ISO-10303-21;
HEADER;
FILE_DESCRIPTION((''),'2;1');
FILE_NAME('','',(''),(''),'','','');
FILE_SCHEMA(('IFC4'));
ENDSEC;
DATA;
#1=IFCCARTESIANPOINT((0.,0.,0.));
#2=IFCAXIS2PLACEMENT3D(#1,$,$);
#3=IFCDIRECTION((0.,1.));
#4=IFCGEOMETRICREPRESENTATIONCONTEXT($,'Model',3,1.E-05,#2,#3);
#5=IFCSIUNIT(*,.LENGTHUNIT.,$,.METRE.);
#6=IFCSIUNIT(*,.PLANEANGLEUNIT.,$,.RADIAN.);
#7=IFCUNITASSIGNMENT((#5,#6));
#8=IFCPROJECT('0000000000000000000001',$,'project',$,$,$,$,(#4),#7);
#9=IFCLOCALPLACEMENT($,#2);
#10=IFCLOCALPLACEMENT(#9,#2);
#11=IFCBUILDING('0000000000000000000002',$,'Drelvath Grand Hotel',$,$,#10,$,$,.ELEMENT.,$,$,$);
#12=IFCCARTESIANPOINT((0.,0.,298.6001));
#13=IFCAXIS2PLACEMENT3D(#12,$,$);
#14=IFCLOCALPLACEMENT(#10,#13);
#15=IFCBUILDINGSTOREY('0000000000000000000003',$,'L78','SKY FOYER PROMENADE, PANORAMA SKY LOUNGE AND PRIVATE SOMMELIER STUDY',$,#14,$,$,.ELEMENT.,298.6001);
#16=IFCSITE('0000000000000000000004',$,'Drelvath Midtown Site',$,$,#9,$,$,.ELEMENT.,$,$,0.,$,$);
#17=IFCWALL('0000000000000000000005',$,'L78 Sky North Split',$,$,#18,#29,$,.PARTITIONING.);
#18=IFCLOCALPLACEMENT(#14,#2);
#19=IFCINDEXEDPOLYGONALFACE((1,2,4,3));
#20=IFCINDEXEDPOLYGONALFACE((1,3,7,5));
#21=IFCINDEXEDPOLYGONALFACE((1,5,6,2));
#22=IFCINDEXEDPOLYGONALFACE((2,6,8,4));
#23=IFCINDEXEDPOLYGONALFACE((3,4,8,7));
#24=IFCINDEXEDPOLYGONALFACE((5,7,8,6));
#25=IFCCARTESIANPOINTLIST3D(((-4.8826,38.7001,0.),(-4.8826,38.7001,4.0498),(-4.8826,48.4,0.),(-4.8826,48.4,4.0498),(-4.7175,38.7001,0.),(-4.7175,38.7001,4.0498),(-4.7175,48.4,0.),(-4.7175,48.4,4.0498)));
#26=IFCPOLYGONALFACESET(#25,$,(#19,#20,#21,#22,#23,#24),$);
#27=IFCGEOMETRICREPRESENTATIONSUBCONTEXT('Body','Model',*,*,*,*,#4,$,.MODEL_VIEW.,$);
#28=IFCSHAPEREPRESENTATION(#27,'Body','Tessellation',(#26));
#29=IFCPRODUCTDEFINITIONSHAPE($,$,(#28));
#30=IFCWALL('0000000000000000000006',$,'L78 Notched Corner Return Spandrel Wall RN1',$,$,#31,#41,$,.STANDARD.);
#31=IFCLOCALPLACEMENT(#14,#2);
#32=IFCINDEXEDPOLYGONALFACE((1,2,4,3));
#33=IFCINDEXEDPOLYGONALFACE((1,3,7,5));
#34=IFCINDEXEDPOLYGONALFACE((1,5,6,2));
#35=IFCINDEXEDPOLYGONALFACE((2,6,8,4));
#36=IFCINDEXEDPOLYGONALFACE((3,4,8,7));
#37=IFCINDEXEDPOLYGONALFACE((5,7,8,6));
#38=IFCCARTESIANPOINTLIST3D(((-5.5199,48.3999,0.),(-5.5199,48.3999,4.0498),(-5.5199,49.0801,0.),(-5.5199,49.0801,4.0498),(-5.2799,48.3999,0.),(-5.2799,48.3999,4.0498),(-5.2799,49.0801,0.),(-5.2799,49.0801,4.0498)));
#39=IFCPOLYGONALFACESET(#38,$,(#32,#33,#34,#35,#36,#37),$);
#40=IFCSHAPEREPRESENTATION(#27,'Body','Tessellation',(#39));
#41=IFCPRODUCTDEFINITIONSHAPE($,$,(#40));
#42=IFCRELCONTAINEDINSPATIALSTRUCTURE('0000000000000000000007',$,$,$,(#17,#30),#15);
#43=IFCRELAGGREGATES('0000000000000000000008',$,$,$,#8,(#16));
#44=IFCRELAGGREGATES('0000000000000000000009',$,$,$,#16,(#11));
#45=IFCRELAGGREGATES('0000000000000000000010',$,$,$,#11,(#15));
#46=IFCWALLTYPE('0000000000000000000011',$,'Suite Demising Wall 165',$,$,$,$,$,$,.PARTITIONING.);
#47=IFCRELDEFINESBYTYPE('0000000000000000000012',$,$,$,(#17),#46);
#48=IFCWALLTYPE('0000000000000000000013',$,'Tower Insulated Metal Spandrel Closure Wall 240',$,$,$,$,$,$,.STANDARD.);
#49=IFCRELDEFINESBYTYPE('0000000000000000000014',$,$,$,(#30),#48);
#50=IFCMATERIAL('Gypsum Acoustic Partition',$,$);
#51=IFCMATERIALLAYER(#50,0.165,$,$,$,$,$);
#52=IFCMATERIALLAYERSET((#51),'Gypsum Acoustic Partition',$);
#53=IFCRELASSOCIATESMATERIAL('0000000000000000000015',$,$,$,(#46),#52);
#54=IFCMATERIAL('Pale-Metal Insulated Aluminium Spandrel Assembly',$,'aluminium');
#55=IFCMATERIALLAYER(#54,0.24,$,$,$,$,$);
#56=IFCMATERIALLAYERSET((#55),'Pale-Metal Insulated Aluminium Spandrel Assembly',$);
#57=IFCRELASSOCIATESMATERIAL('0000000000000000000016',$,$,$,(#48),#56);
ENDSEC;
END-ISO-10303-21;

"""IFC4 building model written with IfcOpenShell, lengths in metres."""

from ifc_helpers import new_model, si_unit, direction, frame, frame_2d, origin, place, context, subcontext, project, spatial, rectangle, extrude, material, layer, layer_set, type_object, element, save


model = new_model("IFC4")

# Units and contexts
model_context = context("Model", 3, precision=1e-05, world=origin(), true_north=direction((0.0, 1.0)))
body_context = subcontext(model_context, "Body", "Model", "MODEL_VIEW")
ifc_project = project(units=[si_unit("LENGTHUNIT", "METRE"), si_unit("PLANEANGLEUNIT", "RADIAN")], contexts=[model_context])

# Site, building, storey
site_placement = place(None, origin())
site = spatial("IfcSite", under=ifc_project, at=site_placement, Name="Drelvath Midtown Site", CompositionType="ELEMENT", RefElevation=0.0)
building_placement = place(site_placement, origin())
building = spatial("IfcBuilding", under=site, at=building_placement, Name="Drelvath Grand Hotel", CompositionType="ELEMENT")
storey_placement = place(building_placement, frame((0.0, 0.0, 298.6001)))
storey = spatial("IfcBuildingStorey", under=building, at=storey_placement, Name="L78", Description="SKY FOYER PROMENADE, PANORAMA SKY LOUNGE AND PRIVATE SOMMELIER STUDY", CompositionType="ELEMENT", Elevation=298.6001)

# Walls
ifc_material_1 = material(Name="Gypsum Acoustic Partition")
ifc_layer_1 = layer(ifc_material_1, 0.165)
ifc_layer_set_1 = layer_set([ifc_layer_1], Name="Gypsum Acoustic Partition")
wall_type_1 = type_object("IfcWallType", Name="Suite Demising Wall 165", PredefinedType="PARTITIONING", material=ifc_layer_set_1)
wall_1_placement = place(storey_placement, frame((-4.8, 38.7, 0.0), z_axis=(0.0, 0.0, 1.0), x_axis=(0.0, 1.0, 0.0)))
element("IfcWall", 1, at=wall_1_placement, inside=storey, type_object=wall_type_1, Name="L78 Sky North Split", PredefinedType="PARTITIONING", context=body_context, shape_type="SweptSolid", body=[
    extrude(rectangle(XDim=9.7, YDim=0.165, at=frame_2d((4.8501, 0.0))), origin(), (0.0, 0.0, 1.0), 4.0498),
])
ifc_material_2 = material(Name="Pale-Metal Insulated Aluminium Spandrel Assembly", Category="aluminium")
ifc_layer_2 = layer(ifc_material_2, 0.24)
ifc_layer_set_2 = layer_set([ifc_layer_2], Name="Pale-Metal Insulated Aluminium Spandrel Assembly")
wall_type_2 = type_object("IfcWallType", Name="Tower Insulated Metal Spandrel Closure Wall 240", PredefinedType="STANDARD", material=ifc_layer_set_2)
wall_2_placement = place(storey_placement, frame((-5.3999, 49.0801, 0.0), z_axis=(0.0, 0.0, 1.0), x_axis=(0.0, -1.0, 0.0)))
element("IfcWall", 2, at=wall_2_placement, inside=storey, type_object=wall_type_2, Name="L78 Notched Corner Return Spandrel Wall RN1", PredefinedType="STANDARD", context=body_context, shape_type="SweptSolid", body=[
    extrude(rectangle(XDim=0.6802, YDim=0.24, at=frame_2d((0.3401, 0.0))), origin(), (0.0, 0.0, 1.0), 4.0498),
])

save(model, "model.ifc")
